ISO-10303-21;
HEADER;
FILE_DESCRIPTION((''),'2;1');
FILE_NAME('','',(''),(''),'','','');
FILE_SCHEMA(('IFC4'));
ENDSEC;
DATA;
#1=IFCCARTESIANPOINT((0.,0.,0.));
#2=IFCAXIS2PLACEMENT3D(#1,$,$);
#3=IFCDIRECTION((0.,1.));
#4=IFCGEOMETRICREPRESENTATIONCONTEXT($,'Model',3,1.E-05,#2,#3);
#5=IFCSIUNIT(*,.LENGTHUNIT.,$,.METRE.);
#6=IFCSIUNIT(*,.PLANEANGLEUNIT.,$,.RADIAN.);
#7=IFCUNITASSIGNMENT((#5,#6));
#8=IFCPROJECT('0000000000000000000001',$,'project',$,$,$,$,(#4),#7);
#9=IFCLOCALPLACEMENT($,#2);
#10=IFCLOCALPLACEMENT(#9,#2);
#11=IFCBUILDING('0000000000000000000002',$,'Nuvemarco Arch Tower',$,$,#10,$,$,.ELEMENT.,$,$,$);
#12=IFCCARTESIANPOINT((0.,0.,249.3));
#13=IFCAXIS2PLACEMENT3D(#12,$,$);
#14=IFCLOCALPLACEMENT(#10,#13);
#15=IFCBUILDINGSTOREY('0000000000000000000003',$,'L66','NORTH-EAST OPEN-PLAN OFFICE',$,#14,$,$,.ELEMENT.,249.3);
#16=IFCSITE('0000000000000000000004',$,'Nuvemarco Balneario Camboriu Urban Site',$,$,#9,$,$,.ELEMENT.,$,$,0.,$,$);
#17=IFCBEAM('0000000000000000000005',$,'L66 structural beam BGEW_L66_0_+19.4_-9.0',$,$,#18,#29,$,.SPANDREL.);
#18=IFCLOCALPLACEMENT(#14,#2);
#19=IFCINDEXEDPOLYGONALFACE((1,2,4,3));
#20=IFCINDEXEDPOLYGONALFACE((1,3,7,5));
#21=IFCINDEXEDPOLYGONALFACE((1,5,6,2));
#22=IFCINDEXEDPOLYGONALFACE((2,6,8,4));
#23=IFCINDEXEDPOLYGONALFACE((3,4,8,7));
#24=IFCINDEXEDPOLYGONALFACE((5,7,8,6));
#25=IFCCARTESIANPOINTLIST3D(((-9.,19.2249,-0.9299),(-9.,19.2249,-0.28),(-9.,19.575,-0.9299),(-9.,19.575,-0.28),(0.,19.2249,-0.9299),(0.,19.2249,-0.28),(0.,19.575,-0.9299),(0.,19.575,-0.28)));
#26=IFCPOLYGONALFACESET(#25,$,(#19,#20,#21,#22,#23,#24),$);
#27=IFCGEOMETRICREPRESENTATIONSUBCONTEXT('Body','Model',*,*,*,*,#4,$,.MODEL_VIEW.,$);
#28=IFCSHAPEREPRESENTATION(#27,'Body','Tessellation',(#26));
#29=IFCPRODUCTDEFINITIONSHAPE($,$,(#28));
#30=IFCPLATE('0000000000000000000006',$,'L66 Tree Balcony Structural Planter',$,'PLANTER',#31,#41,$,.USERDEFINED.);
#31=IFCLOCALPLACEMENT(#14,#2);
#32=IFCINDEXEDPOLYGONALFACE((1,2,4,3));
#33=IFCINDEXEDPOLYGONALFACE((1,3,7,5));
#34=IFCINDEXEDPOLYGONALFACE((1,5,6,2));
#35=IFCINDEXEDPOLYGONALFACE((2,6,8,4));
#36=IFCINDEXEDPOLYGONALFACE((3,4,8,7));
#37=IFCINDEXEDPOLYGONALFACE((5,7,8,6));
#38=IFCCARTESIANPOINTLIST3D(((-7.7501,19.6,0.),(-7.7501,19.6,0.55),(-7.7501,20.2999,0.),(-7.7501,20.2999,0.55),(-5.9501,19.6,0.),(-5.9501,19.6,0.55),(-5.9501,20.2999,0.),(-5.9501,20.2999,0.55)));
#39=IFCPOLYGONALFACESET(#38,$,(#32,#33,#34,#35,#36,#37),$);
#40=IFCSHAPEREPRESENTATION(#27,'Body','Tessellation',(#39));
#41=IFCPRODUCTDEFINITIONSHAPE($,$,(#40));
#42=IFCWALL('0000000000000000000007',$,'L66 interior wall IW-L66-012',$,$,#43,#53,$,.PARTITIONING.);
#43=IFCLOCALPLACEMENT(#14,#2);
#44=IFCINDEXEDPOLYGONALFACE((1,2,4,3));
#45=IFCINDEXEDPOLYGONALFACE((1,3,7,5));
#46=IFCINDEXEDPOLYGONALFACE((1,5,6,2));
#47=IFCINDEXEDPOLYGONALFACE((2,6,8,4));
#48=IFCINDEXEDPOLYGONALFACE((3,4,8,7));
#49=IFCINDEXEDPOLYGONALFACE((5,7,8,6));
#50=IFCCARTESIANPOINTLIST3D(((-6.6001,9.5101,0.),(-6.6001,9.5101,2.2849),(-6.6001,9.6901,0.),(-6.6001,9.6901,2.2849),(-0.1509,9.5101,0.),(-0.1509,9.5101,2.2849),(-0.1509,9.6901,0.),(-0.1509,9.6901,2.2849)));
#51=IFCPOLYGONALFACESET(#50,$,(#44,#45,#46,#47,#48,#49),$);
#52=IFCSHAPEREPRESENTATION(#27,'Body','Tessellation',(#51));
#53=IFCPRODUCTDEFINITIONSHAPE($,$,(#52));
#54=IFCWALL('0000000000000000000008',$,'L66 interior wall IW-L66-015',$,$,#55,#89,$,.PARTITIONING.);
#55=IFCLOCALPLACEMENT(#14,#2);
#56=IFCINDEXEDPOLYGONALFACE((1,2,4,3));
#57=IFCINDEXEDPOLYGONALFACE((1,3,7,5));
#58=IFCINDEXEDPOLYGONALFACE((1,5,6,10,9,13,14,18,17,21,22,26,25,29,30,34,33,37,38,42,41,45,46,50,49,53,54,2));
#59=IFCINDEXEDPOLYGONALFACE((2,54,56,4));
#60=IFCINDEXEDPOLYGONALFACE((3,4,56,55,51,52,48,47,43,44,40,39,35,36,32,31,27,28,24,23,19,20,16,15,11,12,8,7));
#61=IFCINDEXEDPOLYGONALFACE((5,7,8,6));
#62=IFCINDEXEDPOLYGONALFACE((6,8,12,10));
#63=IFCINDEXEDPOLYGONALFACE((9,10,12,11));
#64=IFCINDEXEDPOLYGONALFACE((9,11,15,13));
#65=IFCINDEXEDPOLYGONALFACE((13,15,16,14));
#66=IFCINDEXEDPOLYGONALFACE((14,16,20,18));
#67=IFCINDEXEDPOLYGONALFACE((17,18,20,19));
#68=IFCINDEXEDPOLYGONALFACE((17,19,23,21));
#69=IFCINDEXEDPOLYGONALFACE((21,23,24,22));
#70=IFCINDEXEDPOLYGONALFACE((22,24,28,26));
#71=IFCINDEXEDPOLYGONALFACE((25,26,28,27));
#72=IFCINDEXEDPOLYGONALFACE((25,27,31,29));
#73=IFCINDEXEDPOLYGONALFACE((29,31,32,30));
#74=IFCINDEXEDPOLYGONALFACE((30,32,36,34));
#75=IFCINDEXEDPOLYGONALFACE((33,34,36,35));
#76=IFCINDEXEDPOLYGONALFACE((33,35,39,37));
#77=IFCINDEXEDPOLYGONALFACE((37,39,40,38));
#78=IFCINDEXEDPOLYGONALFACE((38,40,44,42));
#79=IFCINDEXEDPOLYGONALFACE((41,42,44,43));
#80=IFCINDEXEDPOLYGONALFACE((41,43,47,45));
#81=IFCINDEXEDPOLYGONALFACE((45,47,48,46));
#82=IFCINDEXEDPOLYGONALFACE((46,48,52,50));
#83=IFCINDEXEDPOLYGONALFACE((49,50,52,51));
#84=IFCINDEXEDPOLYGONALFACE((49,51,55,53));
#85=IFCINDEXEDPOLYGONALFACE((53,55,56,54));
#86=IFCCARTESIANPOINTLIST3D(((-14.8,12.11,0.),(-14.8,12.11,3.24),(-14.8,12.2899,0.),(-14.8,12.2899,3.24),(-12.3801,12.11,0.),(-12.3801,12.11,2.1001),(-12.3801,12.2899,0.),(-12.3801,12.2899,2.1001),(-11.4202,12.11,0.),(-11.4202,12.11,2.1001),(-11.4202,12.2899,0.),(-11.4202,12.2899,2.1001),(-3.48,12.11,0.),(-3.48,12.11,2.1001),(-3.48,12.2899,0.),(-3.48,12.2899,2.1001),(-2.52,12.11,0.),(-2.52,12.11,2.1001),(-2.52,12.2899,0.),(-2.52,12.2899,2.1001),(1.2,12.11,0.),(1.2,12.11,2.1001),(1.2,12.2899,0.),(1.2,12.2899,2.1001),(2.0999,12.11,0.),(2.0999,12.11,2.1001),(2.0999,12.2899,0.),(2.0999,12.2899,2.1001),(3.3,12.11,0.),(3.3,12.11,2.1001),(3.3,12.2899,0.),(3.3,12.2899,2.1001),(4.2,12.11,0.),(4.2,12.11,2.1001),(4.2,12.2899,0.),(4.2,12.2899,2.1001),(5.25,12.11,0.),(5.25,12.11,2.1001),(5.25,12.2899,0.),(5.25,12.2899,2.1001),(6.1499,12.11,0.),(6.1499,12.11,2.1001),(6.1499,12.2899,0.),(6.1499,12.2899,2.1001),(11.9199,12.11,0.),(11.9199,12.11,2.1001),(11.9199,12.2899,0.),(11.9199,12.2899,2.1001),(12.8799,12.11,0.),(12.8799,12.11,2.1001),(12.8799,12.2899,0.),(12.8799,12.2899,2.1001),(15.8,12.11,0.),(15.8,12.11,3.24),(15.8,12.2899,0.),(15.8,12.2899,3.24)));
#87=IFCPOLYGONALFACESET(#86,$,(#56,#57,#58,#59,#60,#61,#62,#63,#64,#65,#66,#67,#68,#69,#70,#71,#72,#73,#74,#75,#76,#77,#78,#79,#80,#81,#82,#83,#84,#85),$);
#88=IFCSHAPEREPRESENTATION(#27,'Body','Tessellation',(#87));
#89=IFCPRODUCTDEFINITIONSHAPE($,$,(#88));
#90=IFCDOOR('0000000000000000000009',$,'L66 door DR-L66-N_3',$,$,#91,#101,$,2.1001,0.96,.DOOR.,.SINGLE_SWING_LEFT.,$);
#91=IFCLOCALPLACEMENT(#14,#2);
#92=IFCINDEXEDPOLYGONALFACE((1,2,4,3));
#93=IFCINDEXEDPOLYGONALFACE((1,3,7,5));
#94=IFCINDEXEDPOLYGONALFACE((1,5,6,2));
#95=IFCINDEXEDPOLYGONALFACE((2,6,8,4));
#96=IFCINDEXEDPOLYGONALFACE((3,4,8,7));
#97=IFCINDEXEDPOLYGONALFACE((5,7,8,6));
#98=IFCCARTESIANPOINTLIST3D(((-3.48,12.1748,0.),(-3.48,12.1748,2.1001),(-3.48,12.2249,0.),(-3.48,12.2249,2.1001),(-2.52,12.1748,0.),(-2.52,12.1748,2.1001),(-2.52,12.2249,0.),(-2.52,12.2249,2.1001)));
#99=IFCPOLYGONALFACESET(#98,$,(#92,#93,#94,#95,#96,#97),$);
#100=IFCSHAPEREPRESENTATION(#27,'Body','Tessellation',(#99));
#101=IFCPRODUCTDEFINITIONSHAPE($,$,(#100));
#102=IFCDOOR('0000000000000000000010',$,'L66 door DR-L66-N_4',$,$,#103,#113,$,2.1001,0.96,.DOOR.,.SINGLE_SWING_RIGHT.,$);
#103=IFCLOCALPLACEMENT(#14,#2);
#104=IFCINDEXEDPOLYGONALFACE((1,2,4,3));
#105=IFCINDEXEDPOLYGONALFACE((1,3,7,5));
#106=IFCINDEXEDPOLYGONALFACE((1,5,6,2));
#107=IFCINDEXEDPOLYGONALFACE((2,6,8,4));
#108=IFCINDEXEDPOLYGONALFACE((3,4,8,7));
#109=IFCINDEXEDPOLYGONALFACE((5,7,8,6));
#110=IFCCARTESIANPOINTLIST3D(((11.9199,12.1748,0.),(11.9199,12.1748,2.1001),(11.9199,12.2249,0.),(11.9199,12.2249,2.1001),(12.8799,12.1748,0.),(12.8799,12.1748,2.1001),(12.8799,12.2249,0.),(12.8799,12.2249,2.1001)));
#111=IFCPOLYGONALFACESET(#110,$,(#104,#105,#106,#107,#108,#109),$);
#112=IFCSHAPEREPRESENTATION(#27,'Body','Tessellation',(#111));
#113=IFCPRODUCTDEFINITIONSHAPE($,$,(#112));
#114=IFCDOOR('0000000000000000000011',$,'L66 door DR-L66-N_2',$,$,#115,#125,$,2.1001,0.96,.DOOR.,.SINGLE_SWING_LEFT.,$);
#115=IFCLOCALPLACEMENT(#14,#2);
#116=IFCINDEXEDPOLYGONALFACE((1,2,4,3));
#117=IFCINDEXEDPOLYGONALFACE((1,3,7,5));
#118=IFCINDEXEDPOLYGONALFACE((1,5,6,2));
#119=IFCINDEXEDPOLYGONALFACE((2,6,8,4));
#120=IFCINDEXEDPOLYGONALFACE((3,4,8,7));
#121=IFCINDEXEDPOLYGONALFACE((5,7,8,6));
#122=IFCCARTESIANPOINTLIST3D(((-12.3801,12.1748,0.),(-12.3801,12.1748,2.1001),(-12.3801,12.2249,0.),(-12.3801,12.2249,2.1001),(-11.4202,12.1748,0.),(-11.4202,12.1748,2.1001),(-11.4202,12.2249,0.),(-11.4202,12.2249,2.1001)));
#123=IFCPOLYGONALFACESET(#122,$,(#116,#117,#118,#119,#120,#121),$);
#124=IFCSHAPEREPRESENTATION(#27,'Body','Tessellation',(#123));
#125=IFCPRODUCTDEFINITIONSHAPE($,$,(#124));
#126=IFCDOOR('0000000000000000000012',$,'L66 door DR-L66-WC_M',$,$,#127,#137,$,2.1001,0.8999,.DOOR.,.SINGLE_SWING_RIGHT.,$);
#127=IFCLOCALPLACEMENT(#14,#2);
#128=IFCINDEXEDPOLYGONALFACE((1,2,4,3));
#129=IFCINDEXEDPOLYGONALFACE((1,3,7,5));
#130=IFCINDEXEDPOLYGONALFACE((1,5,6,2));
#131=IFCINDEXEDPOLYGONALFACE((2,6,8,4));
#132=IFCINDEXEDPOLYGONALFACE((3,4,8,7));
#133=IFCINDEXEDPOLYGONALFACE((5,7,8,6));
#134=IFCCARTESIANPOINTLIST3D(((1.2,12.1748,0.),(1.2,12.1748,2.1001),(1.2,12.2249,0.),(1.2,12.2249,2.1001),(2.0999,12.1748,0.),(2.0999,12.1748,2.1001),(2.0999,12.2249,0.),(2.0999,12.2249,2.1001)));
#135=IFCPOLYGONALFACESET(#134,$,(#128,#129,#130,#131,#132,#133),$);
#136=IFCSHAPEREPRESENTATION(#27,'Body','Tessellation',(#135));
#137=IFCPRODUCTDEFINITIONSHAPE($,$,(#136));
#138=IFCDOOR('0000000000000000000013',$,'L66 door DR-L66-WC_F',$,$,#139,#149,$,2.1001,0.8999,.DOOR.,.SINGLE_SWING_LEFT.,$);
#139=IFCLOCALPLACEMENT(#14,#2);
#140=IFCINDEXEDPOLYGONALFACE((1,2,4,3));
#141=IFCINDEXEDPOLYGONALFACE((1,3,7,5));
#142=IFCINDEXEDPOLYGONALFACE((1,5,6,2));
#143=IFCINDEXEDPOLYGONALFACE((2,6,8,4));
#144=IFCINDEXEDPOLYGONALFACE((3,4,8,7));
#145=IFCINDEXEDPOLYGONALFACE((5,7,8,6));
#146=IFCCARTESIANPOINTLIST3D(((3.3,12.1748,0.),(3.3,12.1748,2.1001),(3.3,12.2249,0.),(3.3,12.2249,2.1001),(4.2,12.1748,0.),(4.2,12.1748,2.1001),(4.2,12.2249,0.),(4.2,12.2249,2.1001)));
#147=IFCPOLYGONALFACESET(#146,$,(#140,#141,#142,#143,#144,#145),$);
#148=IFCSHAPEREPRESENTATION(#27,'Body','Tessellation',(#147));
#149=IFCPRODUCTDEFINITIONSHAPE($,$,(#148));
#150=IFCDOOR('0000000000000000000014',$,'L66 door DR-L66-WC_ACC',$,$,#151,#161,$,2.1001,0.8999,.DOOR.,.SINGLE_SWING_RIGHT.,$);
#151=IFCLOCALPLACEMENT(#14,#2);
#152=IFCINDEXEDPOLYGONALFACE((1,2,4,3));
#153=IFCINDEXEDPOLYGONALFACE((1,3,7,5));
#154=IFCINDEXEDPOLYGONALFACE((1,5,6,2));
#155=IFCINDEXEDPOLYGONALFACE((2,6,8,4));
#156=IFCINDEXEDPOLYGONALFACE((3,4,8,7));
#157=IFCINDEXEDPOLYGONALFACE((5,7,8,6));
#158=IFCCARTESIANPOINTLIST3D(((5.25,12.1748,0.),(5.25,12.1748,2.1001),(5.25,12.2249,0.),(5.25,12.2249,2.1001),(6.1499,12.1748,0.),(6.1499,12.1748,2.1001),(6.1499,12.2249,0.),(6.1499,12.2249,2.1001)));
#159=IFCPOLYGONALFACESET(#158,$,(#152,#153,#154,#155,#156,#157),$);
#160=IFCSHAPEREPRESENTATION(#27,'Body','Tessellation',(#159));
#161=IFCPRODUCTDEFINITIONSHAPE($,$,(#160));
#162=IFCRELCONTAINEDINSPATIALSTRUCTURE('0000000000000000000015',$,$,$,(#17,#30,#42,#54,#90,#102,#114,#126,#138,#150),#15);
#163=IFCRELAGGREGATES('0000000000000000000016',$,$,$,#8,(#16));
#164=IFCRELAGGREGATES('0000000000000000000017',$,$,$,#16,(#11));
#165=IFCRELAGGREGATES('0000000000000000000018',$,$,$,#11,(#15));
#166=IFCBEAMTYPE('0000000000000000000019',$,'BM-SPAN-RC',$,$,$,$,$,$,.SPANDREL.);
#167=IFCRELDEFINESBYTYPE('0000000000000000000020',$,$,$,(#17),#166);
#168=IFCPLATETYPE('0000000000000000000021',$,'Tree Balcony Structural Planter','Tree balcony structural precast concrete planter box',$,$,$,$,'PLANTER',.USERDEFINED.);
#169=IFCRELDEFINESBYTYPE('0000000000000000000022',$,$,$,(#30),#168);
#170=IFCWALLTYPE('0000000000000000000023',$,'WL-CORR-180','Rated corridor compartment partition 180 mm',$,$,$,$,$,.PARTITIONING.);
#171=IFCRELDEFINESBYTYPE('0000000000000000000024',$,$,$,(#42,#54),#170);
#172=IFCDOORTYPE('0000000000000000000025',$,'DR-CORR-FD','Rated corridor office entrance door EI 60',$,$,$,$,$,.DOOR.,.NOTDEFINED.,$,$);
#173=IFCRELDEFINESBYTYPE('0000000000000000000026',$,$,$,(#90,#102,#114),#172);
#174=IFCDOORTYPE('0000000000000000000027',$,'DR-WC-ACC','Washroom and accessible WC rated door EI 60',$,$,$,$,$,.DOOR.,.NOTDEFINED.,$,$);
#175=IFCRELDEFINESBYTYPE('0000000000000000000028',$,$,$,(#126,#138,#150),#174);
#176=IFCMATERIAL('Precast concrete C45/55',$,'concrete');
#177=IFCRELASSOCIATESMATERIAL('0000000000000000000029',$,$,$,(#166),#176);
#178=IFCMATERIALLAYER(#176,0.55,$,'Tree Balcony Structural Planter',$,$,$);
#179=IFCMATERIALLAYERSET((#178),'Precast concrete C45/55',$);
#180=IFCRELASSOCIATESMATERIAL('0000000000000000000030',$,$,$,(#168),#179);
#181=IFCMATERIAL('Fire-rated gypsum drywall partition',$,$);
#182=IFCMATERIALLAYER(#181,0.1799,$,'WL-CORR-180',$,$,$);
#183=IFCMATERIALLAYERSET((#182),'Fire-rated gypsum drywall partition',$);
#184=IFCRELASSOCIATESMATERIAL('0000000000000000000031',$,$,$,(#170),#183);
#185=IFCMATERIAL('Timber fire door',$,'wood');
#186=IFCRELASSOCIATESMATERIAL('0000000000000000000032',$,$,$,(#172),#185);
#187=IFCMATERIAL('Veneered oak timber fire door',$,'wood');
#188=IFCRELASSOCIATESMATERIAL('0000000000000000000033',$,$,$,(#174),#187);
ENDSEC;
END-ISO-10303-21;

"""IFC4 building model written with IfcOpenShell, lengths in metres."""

from ifc_helpers import new_model, si_unit, direction, frame, frame_2d, origin, origin_2d, place, context, subcontext, project, spatial, rectangle, extrude, source, transform, mapped, material, layer, layer_set, material_profile, profile_set, type_object, type_shapes, element, fill, save


model = new_model("IFC4")

# Units and contexts
model_context = context("Model", 3, precision=1e-05, world=origin(), true_north=direction((0.0, 1.0)))
body_context = subcontext(model_context, "Body", "Model", "MODEL_VIEW")
ifc_project = project(units=[si_unit("LENGTHUNIT", "METRE"), si_unit("PLANEANGLEUNIT", "RADIAN")], contexts=[model_context])

# Site, building, storey
site_placement = place(None, origin())
site = spatial("IfcSite", under=ifc_project, at=site_placement, Name="Nuvemarco Balneario Camboriu Urban Site", CompositionType="ELEMENT", RefElevation=0.0)
building_placement = place(site_placement, origin())
building = spatial("IfcBuilding", under=site, at=building_placement, Name="Nuvemarco Arch Tower", CompositionType="ELEMENT")
storey_placement = place(building_placement, frame((0.0, 0.0, 249.3)))
storey = spatial("IfcBuildingStorey", under=building, at=storey_placement, Name="L66", Description="NORTH-EAST OPEN-PLAN OFFICE", CompositionType="ELEMENT", Elevation=249.3)

# Beam
ifc_material_1 = material(Name="Precast concrete C45/55", Category="concrete")
ifc_material_profile_1 = material_profile(ifc_material_1, rectangle(XDim=0.3501, YDim=0.6499, at=origin_2d()), Name="PC-SP-350x650")
ifc_profile_set_1 = profile_set([ifc_material_profile_1], Name="Precast concrete C45/55")
beam_type_1 = type_object("IfcBeamType", Name="BM-SPAN-RC", PredefinedType="SPANDREL", material=ifc_profile_set_1)
beam_1_placement = place(storey_placement, frame((-9.0, 19.3999, -0.605), z_axis=(1.0, 0.0, 0.0), x_axis=(0.0, 1.0, 0.0)))
element("IfcBeam", 1, at=beam_1_placement, inside=storey, type_object=beam_type_1, Name="L66 structural beam BGEW_L66_0_+19.4_-9.0", PredefinedType="SPANDREL", context=body_context, shape_type="SweptSolid", body=[
    extrude(rectangle(XDim=0.3501, YDim=0.6499, at=origin_2d()), origin(), (0.0, 0.0, 1.0), 9.0),
])

# Plate
ifc_layer_1 = layer(ifc_material_1, 0.55, Name="Tree Balcony Structural Planter")
ifc_layer_set_1 = layer_set([ifc_layer_1], Name="Precast concrete C45/55")
plate_type = type_object("IfcPlateType", Name="Tree Balcony Structural Planter", Description="Tree balcony structural precast concrete planter box", ElementType="PLANTER", PredefinedType="USERDEFINED", material=ifc_layer_set_1)
shared_shape_1 = source(origin(), body_context, "Body", "SweptSolid", [
    extrude(rectangle(XDim=1.8, YDim=0.7, at=origin_2d()), origin(), (0.0, 0.0, 1.0), 0.55),
])
type_shapes(plate_type, [shared_shape_1])
plate_placement = place(storey_placement, frame((-6.8501, 19.95, 0.0), z_axis=(0.0, 0.0, 1.0), x_axis=(1.0, 0.0, 0.0)))
element("IfcPlate", 2, at=plate_placement, inside=storey, type_object=plate_type, Name="L66 Tree Balcony Structural Planter", ObjectType="PLANTER", PredefinedType="USERDEFINED", context=body_context, shape_type="MappedRepresentation", body=[
    mapped(shared_shape_1, transform((0.0, 0.0, 0.0), scale=1.0)),
])

# Wall
ifc_material_2 = material(Name="Fire-rated gypsum drywall partition")
ifc_layer_2 = layer(ifc_material_2, 0.1799, Name="WL-CORR-180")
ifc_layer_set_2 = layer_set([ifc_layer_2], Name="Fire-rated gypsum drywall partition")
wall_type_1 = type_object("IfcWallType", Name="WL-CORR-180", Description="Rated corridor compartment partition 180 mm", PredefinedType="PARTITIONING", material=ifc_layer_set_2)
wall_1_placement = place(storey_placement, frame((-6.6001, 9.6001, 0.0), z_axis=(0.0, 0.0, 1.0), x_axis=(1.0, 0.0, 0.0)))
element("IfcWall", 3, at=wall_1_placement, inside=storey, type_object=wall_type_1, Name="L66 interior wall IW-L66-012", PredefinedType="PARTITIONING", context=body_context, shape_type="SweptSolid", body=[
    extrude(rectangle(XDim=6.4492, YDim=0.1799, at=frame_2d((3.2246, 0.0))), origin(), (0.0, 0.0, 1.0), 2.2849),
])

# Wall, openings, doors
wall_2_placement = place(storey_placement, frame((-14.8, 12.2, 0.0), z_axis=(0.0, 0.0, 1.0), x_axis=(1.0, 0.0, 0.0)))
wall_2 = element("IfcWall", 4, at=wall_2_placement, inside=storey, type_object=wall_type_1, Name="L66 interior wall IW-L66-015", PredefinedType="PARTITIONING", context=body_context, shape_type="SweptSolid", body=[
    extrude(rectangle(XDim=30.6001, YDim=0.1799, at=frame_2d((15.3, 0.0))), origin(), (0.0, 0.0, 1.0), 3.24),
])
opening_1_placement = place(wall_2_placement, frame((11.3201, 0.0, 0.0)))
opening_1 = element("IfcOpeningElement", 5, at=opening_1_placement, cuts=wall_2, PredefinedType="OPENING", context=body_context, shape_type="SweptSolid", body=[
    extrude(rectangle(XDim=0.96, YDim=2.1001, at=frame_2d((0.48, 1.05))), frame((0.0, 0.0999, 0.0), z_axis=(0.0, -1.0, 0.0), x_axis=(1.0, 0.0, 0.0)), (0.0, 0.0, 1.0), 0.2),
])
opening_2_placement = place(wall_2_placement, frame((26.72, 0.0, 0.0)))
opening_2 = element("IfcOpeningElement", 6, at=opening_2_placement, cuts=wall_2, PredefinedType="OPENING", context=body_context, shape_type="SweptSolid", body=[
    extrude(rectangle(XDim=0.96, YDim=2.1001, at=frame_2d((0.48, 1.05))), frame((0.0, 0.0999, 0.0), z_axis=(0.0, -1.0, 0.0), x_axis=(1.0, 0.0, 0.0)), (0.0, 0.0, 1.0), 0.2),
])
opening_3_placement = place(wall_2_placement, frame((2.4199, 0.0, 0.0)))
opening_3 = element("IfcOpeningElement", 7, at=opening_3_placement, cuts=wall_2, PredefinedType="OPENING", context=body_context, shape_type="SweptSolid", body=[
    extrude(rectangle(XDim=0.96, YDim=2.1001, at=frame_2d((0.48, 1.05))), frame((0.0, 0.0999, 0.0), z_axis=(0.0, -1.0, 0.0), x_axis=(1.0, 0.0, 0.0)), (0.0, 0.0, 1.0), 0.2),
])
opening_4_placement = place(wall_2_placement, frame((16.0, 0.0, 0.0)))
opening_4 = element("IfcOpeningElement", 8, at=opening_4_placement, cuts=wall_2, PredefinedType="OPENING", context=body_context, shape_type="SweptSolid", body=[
    extrude(rectangle(XDim=0.8999, YDim=2.1001, at=frame_2d((0.45, 1.05))), frame((0.0, 0.0999, 0.0), z_axis=(0.0, -1.0, 0.0), x_axis=(1.0, 0.0, 0.0)), (0.0, 0.0, 1.0), 0.2),
])
opening_5_placement = place(wall_2_placement, frame((18.1001, 0.0, 0.0)))
opening_5 = element("IfcOpeningElement", 9, at=opening_5_placement, cuts=wall_2, PredefinedType="OPENING", context=body_context, shape_type="SweptSolid", body=[
    extrude(rectangle(XDim=0.8999, YDim=2.1001, at=frame_2d((0.45, 1.05))), frame((0.0, 0.0999, 0.0), z_axis=(0.0, -1.0, 0.0), x_axis=(1.0, 0.0, 0.0)), (0.0, 0.0, 1.0), 0.2),
])
opening_6_placement = place(wall_2_placement, frame((20.05, 0.0, 0.0)))
opening_6 = element("IfcOpeningElement", 10, at=opening_6_placement, cuts=wall_2, PredefinedType="OPENING", context=body_context, shape_type="SweptSolid", body=[
    extrude(rectangle(XDim=0.8999, YDim=2.1001, at=frame_2d((0.45, 1.05))), frame((0.0, 0.0999, 0.0), z_axis=(0.0, -1.0, 0.0), x_axis=(1.0, 0.0, 0.0)), (0.0, 0.0, 1.0), 0.2),
])
ifc_material_3 = material(Name="Timber fire door", Category="wood")
door_type_1 = type_object("IfcDoorType", Name="DR-CORR-FD", Description="Rated corridor office entrance door EI 60", OperationType="NOTDEFINED", PredefinedType="DOOR", material=ifc_material_3)
shared_shape_2 = source(origin(), body_context, "Body", "SweptSolid", [
    extrude(rectangle(XDim=0.96, YDim=2.1001, at=frame_2d((0.48, 1.05))), frame((0.0, 0.0249, 0.0), z_axis=(0.0, -1.0, 0.0), x_axis=(1.0, 0.0, 0.0)), (0.0, 0.0, 1.0), 0.05),
])
type_shapes(door_type_1, [shared_shape_2])
door_1_placement = place(opening_1_placement, origin())
door_1 = element("IfcDoor", 11, at=door_1_placement, inside=storey, type_object=door_type_1, Name="L66 door DR-L66-N_3", OperationType="SINGLE_SWING_LEFT", OverallHeight=2.1001, OverallWidth=0.96, PredefinedType="DOOR", context=body_context, shape_type="MappedRepresentation", body=[
    mapped(shared_shape_2, transform((0.0, 0.0, 0.0), scale=1.0)),
])
fill(opening_1, door_1)
door_2_placement = place(opening_2_placement, origin())
door_2 = element("IfcDoor", 12, at=door_2_placement, inside=storey, type_object=door_type_1, Name="L66 door DR-L66-N_4", OperationType="SINGLE_SWING_RIGHT", OverallHeight=2.1001, OverallWidth=0.96, PredefinedType="DOOR", context=body_context, shape_type="MappedRepresentation", body=[
    mapped(shared_shape_2, transform((0.0, 0.0, 0.0), scale=1.0)),
])
fill(opening_2, door_2)
door_3_placement = place(opening_3_placement, origin())
door_3 = element("IfcDoor", 13, at=door_3_placement, inside=storey, type_object=door_type_1, Name="L66 door DR-L66-N_2", OperationType="SINGLE_SWING_LEFT", OverallHeight=2.1001, OverallWidth=0.96, PredefinedType="DOOR", context=body_context, shape_type="MappedRepresentation", body=[
    mapped(shared_shape_2, transform((0.0, 0.0, 0.0), scale=1.0)),
])
fill(opening_3, door_3)
ifc_material_4 = material(Name="Veneered oak timber fire door", Category="wood")
door_type_2 = type_object("IfcDoorType", Name="DR-WC-ACC", Description="Washroom and accessible WC rated door EI 60", OperationType="NOTDEFINED", PredefinedType="DOOR", material=ifc_material_4)
shared_shape_3 = source(origin(), body_context, "Body", "SweptSolid", [
    extrude(rectangle(XDim=0.8999, YDim=2.1001, at=frame_2d((0.45, 1.05))), frame((0.0, 0.0249, 0.0), z_axis=(0.0, -1.0, 0.0), x_axis=(1.0, 0.0, 0.0)), (0.0, 0.0, 1.0), 0.05),
])
type_shapes(door_type_2, [shared_shape_3])
door_4_placement = place(opening_4_placement, origin())
door_4 = element("IfcDoor", 14, at=door_4_placement, inside=storey, type_object=door_type_2, Name="L66 door DR-L66-WC_M", OperationType="SINGLE_SWING_RIGHT", OverallHeight=2.1001, OverallWidth=0.8999, PredefinedType="DOOR", context=body_context, shape_type="MappedRepresentation", body=[
    mapped(shared_shape_3, transform((0.0, 0.0, 0.0), scale=1.0)),
])
fill(opening_4, door_4)
door_5_placement = place(opening_5_placement, origin())
door_5 = element("IfcDoor", 15, at=door_5_placement, inside=storey, type_object=door_type_2, Name="L66 door DR-L66-WC_F", OperationType="SINGLE_SWING_LEFT", OverallHeight=2.1001, OverallWidth=0.8999, PredefinedType="DOOR", context=body_context, shape_type="MappedRepresentation", body=[
    mapped(shared_shape_3, transform((0.0, 0.0, 0.0), scale=1.0)),
])
fill(opening_5, door_5)
door_6_placement = place(opening_6_placement, origin())
door_6 = element("IfcDoor", 16, at=door_6_placement, inside=storey, type_object=door_type_2, Name="L66 door DR-L66-WC_ACC", OperationType="SINGLE_SWING_RIGHT", OverallHeight=2.1001, OverallWidth=0.8999, PredefinedType="DOOR", context=body_context, shape_type="MappedRepresentation", body=[
    mapped(shared_shape_3, transform((0.0, 0.0, 0.0), scale=1.0)),
])
fill(opening_6, door_6)

save(model, "model.ifc")
